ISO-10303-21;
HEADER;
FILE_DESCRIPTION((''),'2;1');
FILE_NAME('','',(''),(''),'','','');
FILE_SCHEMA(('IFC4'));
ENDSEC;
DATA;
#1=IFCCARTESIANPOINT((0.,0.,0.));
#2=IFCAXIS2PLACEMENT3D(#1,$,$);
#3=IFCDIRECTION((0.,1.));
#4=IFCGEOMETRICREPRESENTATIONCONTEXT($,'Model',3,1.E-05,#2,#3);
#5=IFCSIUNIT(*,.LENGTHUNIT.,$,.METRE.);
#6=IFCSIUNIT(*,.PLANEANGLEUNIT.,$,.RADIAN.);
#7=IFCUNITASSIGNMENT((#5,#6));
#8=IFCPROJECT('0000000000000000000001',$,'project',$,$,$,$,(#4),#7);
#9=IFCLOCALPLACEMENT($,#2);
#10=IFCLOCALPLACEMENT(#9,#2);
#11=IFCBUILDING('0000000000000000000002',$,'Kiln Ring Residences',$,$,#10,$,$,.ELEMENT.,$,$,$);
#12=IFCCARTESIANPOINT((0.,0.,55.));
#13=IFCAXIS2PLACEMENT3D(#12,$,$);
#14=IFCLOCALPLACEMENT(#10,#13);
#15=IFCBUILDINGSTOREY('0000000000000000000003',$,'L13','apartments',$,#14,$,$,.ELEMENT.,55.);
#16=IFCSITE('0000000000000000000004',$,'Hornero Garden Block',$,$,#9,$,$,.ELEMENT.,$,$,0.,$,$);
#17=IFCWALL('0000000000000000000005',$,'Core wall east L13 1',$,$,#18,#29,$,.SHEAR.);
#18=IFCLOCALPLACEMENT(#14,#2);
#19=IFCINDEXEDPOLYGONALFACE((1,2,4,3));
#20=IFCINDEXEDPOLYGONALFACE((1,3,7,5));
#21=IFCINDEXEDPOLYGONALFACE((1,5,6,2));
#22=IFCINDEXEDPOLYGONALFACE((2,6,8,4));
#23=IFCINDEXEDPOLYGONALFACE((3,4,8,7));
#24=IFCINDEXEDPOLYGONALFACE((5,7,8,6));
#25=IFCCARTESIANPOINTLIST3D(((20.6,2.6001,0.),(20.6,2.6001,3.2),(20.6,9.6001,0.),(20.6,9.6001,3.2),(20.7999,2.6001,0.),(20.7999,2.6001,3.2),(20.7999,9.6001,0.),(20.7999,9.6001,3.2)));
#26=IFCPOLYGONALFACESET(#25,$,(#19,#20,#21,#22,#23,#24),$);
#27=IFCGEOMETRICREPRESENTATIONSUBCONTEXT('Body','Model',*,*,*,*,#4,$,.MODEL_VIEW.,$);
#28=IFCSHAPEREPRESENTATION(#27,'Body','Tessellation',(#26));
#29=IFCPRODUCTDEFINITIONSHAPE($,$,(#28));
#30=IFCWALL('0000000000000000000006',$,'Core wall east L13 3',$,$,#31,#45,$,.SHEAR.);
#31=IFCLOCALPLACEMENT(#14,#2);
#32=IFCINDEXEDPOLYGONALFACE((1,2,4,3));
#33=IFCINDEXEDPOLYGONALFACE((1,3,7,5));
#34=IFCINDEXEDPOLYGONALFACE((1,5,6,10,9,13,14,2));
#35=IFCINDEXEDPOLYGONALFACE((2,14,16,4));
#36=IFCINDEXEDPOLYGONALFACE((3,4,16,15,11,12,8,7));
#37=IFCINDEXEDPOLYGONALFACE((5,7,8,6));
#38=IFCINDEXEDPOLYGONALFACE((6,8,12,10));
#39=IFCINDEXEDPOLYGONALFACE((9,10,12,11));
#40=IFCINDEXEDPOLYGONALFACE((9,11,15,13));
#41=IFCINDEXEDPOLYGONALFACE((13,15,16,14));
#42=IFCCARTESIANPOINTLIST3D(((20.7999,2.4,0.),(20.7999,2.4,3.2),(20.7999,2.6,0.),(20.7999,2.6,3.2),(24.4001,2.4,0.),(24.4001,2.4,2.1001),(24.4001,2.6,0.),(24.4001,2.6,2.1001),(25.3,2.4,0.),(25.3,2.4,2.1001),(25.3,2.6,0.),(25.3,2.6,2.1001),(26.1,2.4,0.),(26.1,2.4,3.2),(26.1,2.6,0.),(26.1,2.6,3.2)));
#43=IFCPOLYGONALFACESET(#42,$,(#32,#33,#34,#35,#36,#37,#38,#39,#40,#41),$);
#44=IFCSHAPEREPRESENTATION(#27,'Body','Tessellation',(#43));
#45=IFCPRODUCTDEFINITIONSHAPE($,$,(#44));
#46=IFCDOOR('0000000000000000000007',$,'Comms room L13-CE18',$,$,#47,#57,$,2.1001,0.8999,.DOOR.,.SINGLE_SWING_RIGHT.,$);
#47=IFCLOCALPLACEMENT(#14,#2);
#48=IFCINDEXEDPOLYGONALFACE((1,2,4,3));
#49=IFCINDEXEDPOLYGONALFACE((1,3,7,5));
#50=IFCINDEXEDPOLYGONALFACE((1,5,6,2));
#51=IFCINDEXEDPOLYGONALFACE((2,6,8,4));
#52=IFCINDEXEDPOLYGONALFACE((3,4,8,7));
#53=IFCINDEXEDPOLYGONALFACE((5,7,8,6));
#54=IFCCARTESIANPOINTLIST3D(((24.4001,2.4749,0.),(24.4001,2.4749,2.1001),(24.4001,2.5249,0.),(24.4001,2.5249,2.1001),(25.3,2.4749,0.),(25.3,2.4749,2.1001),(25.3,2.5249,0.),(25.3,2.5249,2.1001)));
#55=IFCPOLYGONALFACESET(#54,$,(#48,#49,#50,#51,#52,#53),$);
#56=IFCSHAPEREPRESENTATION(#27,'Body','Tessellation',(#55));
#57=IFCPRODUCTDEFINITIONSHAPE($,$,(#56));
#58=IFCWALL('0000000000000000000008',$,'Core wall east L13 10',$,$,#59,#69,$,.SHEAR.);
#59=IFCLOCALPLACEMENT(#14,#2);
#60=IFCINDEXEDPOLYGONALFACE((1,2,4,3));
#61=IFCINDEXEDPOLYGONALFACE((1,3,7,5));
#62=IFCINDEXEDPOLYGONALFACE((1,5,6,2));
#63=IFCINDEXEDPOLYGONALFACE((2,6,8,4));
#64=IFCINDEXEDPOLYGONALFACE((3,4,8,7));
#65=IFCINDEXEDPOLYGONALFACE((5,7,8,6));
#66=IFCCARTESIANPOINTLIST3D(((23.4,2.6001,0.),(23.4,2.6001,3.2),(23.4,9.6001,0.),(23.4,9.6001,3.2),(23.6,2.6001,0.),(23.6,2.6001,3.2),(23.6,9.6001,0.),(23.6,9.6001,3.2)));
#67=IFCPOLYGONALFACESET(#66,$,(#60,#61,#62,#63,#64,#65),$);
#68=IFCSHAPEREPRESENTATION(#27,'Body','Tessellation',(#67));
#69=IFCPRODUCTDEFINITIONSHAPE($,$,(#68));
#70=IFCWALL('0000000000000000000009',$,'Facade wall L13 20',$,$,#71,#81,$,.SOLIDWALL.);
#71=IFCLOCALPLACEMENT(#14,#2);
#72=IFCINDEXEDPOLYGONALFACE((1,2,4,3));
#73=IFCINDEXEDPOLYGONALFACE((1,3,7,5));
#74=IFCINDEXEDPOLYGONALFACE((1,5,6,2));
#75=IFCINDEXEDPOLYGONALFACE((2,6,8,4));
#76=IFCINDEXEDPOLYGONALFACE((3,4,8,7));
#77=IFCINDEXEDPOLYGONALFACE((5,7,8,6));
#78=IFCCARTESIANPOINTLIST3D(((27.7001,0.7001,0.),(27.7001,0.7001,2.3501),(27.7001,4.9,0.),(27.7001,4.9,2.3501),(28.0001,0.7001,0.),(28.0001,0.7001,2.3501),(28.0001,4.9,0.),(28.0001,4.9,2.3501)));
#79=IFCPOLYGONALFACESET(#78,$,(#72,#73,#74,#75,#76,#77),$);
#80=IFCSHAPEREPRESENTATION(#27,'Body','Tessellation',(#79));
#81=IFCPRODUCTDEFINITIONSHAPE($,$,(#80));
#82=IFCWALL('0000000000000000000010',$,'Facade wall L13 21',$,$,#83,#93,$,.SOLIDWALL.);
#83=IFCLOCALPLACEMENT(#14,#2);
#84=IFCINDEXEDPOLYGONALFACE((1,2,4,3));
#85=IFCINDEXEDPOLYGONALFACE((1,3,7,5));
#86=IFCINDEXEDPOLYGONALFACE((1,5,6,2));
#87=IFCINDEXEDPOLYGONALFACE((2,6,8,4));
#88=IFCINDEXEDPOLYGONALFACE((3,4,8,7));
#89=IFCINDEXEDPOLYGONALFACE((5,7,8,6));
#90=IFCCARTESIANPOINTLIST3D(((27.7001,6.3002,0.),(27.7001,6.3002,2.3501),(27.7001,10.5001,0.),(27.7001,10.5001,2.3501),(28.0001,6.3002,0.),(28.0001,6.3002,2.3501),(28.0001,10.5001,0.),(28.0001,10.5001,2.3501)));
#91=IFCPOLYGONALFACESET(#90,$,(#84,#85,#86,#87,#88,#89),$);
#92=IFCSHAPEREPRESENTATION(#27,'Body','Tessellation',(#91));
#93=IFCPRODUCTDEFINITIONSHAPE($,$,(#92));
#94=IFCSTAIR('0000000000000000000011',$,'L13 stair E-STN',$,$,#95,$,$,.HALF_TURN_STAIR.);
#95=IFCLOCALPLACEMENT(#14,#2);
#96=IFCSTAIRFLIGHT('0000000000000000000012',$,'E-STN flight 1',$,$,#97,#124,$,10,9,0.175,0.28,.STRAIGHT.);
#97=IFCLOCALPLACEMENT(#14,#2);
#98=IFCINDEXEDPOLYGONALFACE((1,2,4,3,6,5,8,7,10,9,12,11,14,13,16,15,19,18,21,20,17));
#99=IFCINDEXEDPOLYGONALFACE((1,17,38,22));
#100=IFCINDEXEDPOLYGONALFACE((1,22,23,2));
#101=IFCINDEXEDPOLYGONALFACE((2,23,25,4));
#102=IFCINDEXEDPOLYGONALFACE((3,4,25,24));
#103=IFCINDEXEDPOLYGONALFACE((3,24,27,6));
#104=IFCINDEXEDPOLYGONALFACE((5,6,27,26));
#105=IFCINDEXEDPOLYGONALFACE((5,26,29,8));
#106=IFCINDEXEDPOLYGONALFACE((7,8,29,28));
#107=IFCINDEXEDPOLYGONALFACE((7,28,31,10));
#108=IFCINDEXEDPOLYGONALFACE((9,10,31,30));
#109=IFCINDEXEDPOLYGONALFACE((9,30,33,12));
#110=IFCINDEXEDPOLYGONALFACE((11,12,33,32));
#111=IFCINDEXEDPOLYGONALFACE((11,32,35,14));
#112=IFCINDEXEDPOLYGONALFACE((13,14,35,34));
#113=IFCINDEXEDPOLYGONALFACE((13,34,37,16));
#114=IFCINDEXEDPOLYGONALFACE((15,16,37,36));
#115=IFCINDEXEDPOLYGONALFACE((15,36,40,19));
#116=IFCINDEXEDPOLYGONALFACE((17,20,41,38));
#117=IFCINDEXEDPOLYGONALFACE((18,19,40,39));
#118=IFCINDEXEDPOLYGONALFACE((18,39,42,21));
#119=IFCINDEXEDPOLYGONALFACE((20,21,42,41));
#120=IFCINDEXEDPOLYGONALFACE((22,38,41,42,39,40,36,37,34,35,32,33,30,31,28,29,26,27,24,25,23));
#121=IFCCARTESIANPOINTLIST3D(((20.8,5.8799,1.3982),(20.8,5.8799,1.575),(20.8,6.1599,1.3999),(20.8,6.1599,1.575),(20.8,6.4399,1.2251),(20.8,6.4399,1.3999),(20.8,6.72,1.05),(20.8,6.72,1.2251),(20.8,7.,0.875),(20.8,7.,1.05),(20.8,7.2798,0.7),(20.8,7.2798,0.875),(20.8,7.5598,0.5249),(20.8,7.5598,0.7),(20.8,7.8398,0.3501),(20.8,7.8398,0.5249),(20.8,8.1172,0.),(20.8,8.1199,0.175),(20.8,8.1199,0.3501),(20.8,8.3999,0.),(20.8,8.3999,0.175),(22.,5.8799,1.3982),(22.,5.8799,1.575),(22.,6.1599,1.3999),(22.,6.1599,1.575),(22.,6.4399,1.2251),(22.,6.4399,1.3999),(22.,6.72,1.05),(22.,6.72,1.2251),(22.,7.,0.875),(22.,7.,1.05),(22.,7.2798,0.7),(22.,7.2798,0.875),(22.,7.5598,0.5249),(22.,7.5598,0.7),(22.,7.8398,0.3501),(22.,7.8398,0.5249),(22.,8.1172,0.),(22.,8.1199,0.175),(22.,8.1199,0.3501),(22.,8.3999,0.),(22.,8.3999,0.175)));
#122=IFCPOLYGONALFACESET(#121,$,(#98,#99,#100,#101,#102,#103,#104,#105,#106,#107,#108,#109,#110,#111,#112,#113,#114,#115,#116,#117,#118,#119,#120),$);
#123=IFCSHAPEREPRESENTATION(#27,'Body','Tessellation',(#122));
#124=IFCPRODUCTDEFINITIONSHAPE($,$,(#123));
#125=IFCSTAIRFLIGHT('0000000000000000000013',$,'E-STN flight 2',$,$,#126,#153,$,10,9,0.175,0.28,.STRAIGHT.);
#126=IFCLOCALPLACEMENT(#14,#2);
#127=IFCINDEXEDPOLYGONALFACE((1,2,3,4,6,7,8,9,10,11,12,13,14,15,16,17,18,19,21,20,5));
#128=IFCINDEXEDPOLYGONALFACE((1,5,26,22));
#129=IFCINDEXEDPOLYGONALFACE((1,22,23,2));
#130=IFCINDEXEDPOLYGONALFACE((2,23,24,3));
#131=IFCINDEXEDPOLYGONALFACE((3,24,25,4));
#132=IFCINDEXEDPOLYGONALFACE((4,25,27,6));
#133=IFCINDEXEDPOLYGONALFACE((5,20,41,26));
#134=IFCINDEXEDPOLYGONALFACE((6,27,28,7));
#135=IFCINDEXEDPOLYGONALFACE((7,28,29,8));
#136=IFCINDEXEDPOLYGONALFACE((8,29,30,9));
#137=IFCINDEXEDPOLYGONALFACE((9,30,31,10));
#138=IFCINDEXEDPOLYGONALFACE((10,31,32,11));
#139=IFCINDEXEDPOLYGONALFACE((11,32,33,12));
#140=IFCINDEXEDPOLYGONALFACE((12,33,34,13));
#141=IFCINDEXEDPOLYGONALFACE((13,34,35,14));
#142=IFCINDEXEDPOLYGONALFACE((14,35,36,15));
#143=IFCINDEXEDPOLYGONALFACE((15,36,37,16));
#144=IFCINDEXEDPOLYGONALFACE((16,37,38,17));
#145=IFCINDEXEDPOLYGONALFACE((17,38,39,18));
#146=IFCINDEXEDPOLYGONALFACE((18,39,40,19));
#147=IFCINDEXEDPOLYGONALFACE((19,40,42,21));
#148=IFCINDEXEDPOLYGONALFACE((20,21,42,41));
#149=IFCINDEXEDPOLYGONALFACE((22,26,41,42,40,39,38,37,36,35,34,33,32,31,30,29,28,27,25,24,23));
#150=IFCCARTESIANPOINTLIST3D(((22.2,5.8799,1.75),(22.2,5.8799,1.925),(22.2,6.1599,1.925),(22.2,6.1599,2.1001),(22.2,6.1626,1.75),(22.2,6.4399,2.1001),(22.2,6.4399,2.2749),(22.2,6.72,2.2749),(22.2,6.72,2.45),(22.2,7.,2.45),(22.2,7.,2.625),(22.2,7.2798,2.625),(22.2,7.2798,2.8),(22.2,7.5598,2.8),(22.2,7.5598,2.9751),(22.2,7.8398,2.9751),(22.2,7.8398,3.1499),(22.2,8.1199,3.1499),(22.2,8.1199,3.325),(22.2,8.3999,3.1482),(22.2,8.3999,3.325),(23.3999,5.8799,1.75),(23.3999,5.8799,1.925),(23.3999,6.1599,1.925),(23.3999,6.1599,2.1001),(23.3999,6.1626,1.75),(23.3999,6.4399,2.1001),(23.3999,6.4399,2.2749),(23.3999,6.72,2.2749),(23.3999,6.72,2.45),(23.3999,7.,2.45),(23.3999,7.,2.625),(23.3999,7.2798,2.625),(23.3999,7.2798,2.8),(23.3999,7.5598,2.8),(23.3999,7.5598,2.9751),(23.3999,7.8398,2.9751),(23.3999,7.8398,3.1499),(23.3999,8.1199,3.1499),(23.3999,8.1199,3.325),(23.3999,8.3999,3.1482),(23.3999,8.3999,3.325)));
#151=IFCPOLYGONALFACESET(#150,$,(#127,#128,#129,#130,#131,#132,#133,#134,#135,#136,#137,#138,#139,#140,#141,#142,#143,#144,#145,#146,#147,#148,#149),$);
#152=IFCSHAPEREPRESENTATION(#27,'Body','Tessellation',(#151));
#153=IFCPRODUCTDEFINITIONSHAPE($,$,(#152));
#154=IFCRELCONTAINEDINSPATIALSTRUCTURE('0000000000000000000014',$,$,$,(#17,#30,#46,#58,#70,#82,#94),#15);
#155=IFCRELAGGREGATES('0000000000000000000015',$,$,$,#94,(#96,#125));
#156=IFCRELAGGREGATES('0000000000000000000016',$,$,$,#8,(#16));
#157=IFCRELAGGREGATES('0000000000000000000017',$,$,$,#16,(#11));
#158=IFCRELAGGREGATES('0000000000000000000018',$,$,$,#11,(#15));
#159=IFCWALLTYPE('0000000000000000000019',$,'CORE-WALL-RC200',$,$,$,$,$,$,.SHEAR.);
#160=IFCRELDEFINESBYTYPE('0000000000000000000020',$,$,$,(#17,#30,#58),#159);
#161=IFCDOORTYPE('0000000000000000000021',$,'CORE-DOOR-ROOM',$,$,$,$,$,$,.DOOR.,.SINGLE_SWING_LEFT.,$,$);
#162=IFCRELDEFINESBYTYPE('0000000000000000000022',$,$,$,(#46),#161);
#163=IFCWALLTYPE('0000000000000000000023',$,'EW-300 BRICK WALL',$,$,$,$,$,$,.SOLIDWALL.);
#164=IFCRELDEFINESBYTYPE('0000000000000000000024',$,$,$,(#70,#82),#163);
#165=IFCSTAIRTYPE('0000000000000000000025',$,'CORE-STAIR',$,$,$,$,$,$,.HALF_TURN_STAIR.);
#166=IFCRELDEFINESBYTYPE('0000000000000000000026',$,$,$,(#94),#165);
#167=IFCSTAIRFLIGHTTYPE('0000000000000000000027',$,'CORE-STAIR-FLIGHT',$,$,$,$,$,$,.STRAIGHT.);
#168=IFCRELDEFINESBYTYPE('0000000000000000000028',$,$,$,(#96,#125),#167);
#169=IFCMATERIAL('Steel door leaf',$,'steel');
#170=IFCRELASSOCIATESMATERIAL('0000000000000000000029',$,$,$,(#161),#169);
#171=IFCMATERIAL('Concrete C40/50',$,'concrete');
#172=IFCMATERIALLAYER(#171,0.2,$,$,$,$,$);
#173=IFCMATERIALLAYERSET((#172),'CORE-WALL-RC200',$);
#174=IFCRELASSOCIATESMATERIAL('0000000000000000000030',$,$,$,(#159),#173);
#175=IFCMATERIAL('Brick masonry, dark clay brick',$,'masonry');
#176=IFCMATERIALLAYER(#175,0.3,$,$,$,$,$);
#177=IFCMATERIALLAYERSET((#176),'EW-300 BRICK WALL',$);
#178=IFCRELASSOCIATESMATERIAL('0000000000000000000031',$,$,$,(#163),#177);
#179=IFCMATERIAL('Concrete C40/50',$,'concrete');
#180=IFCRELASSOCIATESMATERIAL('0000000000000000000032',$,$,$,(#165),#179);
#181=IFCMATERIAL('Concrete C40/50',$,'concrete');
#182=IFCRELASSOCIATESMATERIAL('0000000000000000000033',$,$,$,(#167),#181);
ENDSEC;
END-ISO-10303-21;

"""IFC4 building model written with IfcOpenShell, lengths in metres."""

from ifc_helpers import new_model, si_unit, direction, frame, frame_2d, origin, place, context, subcontext, project, spatial, polyline, rectangle, outline, extrude, material, layer, layer_set, type_object, element, fill, aggregate, save


model = new_model("IFC4")

# Units and contexts
model_context = context("Model", 3, precision=1e-05, world=origin(), true_north=direction((0.0, 1.0)))
body_context = subcontext(model_context, "Body", "Model", "MODEL_VIEW")
ifc_project = project(units=[si_unit("LENGTHUNIT", "METRE"), si_unit("PLANEANGLEUNIT", "RADIAN")], contexts=[model_context])

# Site, building, storey
site_placement = place(None, origin())
site = spatial("IfcSite", under=ifc_project, at=site_placement, Name="Hornero Garden Block", CompositionType="ELEMENT", RefElevation=0.0)
building_placement = place(site_placement, origin())
building = spatial("IfcBuilding", under=site, at=building_placement, Name="Kiln Ring Residences", CompositionType="ELEMENT")
storey_placement = place(building_placement, frame((0.0, 0.0, 55.0)))
storey = spatial("IfcBuildingStorey", under=building, at=storey_placement, Name="L13", Description="apartments", CompositionType="ELEMENT", Elevation=55.0)

# Shared definitions
ifc_material_1 = material(Name="Steel door leaf", Category="steel")
door_type = type_object("IfcDoorType", Name="CORE-DOOR-ROOM", OperationType="SINGLE_SWING_LEFT", PredefinedType="DOOR", material=ifc_material_1)

# Wall
ifc_material_2 = material(Name="Concrete C40/50", Category="concrete")
ifc_layer_1 = layer(ifc_material_2, 0.2)
ifc_layer_set_1 = layer_set([ifc_layer_1], Name="CORE-WALL-RC200")
wall_type_1 = type_object("IfcWallType", Name="CORE-WALL-RC200", PredefinedType="SHEAR", material=ifc_layer_set_1)
wall_1_placement = place(storey_placement, frame((20.7, 2.6001, 0.0), z_axis=(0.0, 0.0, 1.0), x_axis=(0.0, 1.0, 0.0)))
element("IfcWall", 1, at=wall_1_placement, inside=storey, type_object=wall_type_1, Name="Core wall east L13 1", PredefinedType="SHEAR", context=body_context, shape_type="SweptSolid", body=[
    extrude(rectangle(XDim=7.0, YDim=0.2, at=frame_2d((3.5, 0.0))), origin(), (0.0, 0.0, 1.0), 3.2),
])

# Wall, opening, door
wall_2_placement = place(storey_placement, frame((20.8, 2.5, 0.0), z_axis=(0.0, 0.0, 1.0), x_axis=(1.0, 0.0, 0.0)))
wall_2 = element("IfcWall", 2, at=wall_2_placement, inside=storey, type_object=wall_type_1, Name="Core wall east L13 3", PredefinedType="SHEAR", context=body_context, shape_type="SweptSolid", body=[
    extrude(rectangle(XDim=5.3, YDim=0.2, at=frame_2d((2.6499, 0.0))), origin(), (0.0, 0.0, 1.0), 3.2),
])
opening_1_placement = place(wall_2_placement, frame((3.6001, 0.0, 0.0)))
opening_1 = element("IfcOpeningElement", 3, at=opening_1_placement, cuts=wall_2, PredefinedType="OPENING", context=body_context, shape_type="SweptSolid", body=[
    extrude(rectangle(XDim=0.8999, YDim=2.1001, at=frame_2d((0.45, 1.05))), frame((0.0, 0.1099, 0.0), z_axis=(0.0, -1.0, 0.0), x_axis=(1.0, 0.0, 0.0)), (0.0, 0.0, 1.0), 0.22),
])
door_1_placement = place(opening_1_placement, origin())
door_1 = element("IfcDoor", 4, at=door_1_placement, inside=storey, type_object=door_type, Name="Comms room L13-CE18", OperationType="SINGLE_SWING_RIGHT", OverallHeight=2.1001, OverallWidth=0.8999, PredefinedType="DOOR", context=body_context, shape_type="SweptSolid", body=[
    extrude(rectangle(XDim=0.8999, YDim=2.1001, at=frame_2d((0.45, 1.05))), frame((0.0, 0.0249, 0.0), z_axis=(0.0, -1.0, 0.0), x_axis=(1.0, 0.0, 0.0)), (0.0, 0.0, 1.0), 0.05),
])
fill(opening_1, door_1)

# Walls
wall_3_placement = place(storey_placement, frame((23.5, 2.6001, 0.0), z_axis=(0.0, 0.0, 1.0), x_axis=(0.0, 1.0, 0.0)))
element("IfcWall", 5, at=wall_3_placement, inside=storey, type_object=wall_type_1, Name="Core wall east L13 10", PredefinedType="SHEAR", context=body_context, shape_type="SweptSolid", body=[
    extrude(rectangle(XDim=7.0, YDim=0.2, at=frame_2d((3.5, 0.0))), origin(), (0.0, 0.0, 1.0), 3.2),
])
ifc_material_3 = material(Name="Brick masonry, dark clay brick", Category="masonry")
ifc_layer_2 = layer(ifc_material_3, 0.3)
ifc_layer_set_2 = layer_set([ifc_layer_2], Name="EW-300 BRICK WALL")
wall_type_2 = type_object("IfcWallType", Name="EW-300 BRICK WALL", PredefinedType="SOLIDWALL", material=ifc_layer_set_2)
for number, where, z_axis, x_axis, name in (
    (6, (27.8501, 0.7, 0.0), (0.0, 0.0, 1.0), (0.0, 1.0, 0.0), "Facade wall L13 20"),
    (7, (27.8501, 6.3, 0.0), (0.0, 0.0, 1.0), (0.0, 1.0, 0.0), "Facade wall L13 21"),
):
    element("IfcWall", number, at=place(storey_placement, frame(where, z_axis=z_axis, x_axis=x_axis)), inside=storey, type_object=wall_type_2, Name=name, PredefinedType="SOLIDWALL", context=body_context, shape_type="SweptSolid", body=[
        extrude(rectangle(XDim=4.2, YDim=0.3, at=frame_2d((2.1001, 0.0))), origin(), (0.0, 0.0, 1.0), 2.3501),
    ])

# Stair, stair flights
ifc_material_4 = material(Name="Concrete C40/50", Category="concrete")
stair_type = type_object("IfcStairType", Name="CORE-STAIR", PredefinedType="HALF_TURN_STAIR", material=ifc_material_4)
stair_placement = place(storey_placement, origin())
stair = element("IfcStair", 8, at=stair_placement, inside=storey, type_object=stair_type, Name="L13 stair E-STN", PredefinedType="HALF_TURN_STAIR")
ifc_material_5 = material(Name="Concrete C40/50", Category="concrete")
stair_flight_type = type_object("IfcStairFlightType", Name="CORE-STAIR-FLIGHT", PredefinedType="STRAIGHT", material=ifc_material_5)
stair_flight_1_placement = place(storey_placement, frame((21.3999, 8.3999, 0.0), z_axis=(0.0, 0.0, 1.0), x_axis=(0.0, -1.0, 0.0)))
stair_flight_1 = element("IfcStairFlight", 9, at=stair_flight_1_placement, type_object=stair_flight_type, Name="E-STN flight 1", NumberOfRisers=10, NumberOfTreads=9, PredefinedType="STRAIGHT", RiserHeight=0.175, TreadLength=0.28, context=body_context, shape_type="SweptSolid", body=[
    extrude(outline(polyline([(0.0, 0.0), (0.0, 0.175), (0.28, 0.175), (0.28, 0.3501), (0.5601, 0.3501), (0.5601, 0.5249), (0.8401, 0.5249), (0.8401, 0.7), (1.1201, 0.7), (1.1201, 0.875), (1.3999, 0.875), (1.3999, 1.05), (1.6799, 1.05), (1.6799, 1.2251), (1.96, 1.2251), (1.96, 1.3999), (2.24, 1.3999), (2.24, 1.575), (2.52, 1.575), (2.52, 1.75), (2.52, 1.3982), (0.2827, 0.0), (0.0, 0.0)])), frame((0.0, 0.6001, 0.0), z_axis=(0.0, -1.0, 0.0), x_axis=(1.0, 0.0, 0.0)), (0.0, 0.0, 1.0), 1.2),
])
stair_flight_2_placement = place(storey_placement, frame((22.8, 5.8799, 1.75), z_axis=(0.0, 0.0, 1.0), x_axis=(0.0, 1.0, 0.0)))
stair_flight_2 = element("IfcStairFlight", 10, at=stair_flight_2_placement, type_object=stair_flight_type, Name="E-STN flight 2", NumberOfRisers=10, NumberOfTreads=9, PredefinedType="STRAIGHT", RiserHeight=0.175, TreadLength=0.28, context=body_context, shape_type="SweptSolid", body=[
    extrude(outline(polyline([(0.0, 0.0), (0.0, 0.175), (0.28, 0.175), (0.28, 0.3501), (0.5601, 0.3501), (0.5601, 0.5249), (0.8401, 0.5249), (0.8401, 0.7), (1.1201, 0.7), (1.1201, 0.875), (1.3999, 0.875), (1.3999, 1.05), (1.6799, 1.05), (1.6799, 1.2251), (1.96, 1.2251), (1.96, 1.3999), (2.24, 1.3999), (2.24, 1.575), (2.52, 1.575), (2.52, 1.75), (2.52, 1.3982), (0.2827, 0.0), (0.0, 0.0)])), frame((0.0, 0.6001, 0.0), z_axis=(0.0, -1.0, 0.0), x_axis=(1.0, 0.0, 0.0)), (0.0, 0.0, 1.0), 1.2),
])
aggregate(stair, [stair_flight_1, stair_flight_2])

save(model, "model.ifc")
